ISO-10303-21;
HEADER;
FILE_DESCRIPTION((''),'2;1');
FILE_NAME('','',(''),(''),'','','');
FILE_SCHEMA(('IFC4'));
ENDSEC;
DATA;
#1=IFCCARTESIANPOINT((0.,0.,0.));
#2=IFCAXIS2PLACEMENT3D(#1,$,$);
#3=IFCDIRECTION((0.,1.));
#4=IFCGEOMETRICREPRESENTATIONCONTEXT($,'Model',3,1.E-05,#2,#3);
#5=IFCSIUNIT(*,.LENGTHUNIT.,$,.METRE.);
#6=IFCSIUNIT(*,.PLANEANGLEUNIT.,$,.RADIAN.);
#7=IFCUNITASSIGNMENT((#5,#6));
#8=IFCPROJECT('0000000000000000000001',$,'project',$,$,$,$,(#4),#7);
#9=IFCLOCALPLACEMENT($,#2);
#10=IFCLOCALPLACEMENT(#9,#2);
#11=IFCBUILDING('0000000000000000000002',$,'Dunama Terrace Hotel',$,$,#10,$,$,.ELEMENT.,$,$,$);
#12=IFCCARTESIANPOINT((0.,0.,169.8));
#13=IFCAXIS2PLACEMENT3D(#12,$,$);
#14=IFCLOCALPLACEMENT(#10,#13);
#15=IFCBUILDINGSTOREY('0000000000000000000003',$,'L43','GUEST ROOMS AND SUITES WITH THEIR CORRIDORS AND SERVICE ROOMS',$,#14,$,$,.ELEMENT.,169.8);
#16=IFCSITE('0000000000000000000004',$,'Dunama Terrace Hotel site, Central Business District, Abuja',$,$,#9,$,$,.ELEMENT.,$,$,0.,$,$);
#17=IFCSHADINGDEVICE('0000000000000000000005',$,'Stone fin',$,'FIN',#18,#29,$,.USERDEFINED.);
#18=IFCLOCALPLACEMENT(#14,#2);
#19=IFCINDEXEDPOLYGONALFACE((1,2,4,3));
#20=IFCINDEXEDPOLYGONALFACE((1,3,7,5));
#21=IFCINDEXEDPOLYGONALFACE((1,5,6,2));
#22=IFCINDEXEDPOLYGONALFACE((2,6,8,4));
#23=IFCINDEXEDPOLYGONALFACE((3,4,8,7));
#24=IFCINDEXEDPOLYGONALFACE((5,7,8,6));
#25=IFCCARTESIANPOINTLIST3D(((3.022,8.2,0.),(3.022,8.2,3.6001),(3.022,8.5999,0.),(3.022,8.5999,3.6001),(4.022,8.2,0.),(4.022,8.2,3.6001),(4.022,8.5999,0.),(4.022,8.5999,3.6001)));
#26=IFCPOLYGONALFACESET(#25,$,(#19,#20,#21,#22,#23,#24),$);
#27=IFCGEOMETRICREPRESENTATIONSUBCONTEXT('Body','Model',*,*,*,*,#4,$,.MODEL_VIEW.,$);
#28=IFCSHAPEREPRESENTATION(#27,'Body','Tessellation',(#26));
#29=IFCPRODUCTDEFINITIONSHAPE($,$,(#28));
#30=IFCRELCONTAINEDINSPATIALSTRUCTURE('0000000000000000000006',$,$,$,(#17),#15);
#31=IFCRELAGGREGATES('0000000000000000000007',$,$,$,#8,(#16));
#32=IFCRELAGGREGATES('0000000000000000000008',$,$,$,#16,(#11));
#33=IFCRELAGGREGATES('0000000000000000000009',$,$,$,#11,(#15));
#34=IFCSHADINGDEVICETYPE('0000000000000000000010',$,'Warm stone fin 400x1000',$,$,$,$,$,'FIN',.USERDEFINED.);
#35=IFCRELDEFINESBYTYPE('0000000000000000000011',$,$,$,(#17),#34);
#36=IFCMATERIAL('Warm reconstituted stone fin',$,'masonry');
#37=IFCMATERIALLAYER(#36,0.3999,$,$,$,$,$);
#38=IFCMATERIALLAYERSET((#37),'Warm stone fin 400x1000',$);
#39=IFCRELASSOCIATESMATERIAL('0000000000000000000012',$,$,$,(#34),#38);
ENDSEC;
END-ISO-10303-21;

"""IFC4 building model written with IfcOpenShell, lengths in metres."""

from ifc_helpers import new_model, si_unit, direction, frame, origin, origin_2d, place, context, subcontext, project, spatial, rectangle, extrude, material, layer, layer_set, type_object, element, save


model = new_model("IFC4")

# Units and contexts
model_context = context("Model", 3, precision=1e-05, world=origin(), true_north=direction((0.0, 1.0)))
body_context = subcontext(model_context, "Body", "Model", "MODEL_VIEW")
ifc_project = project(units=[si_unit("LENGTHUNIT", "METRE"), si_unit("PLANEANGLEUNIT", "RADIAN")], contexts=[model_context])

# Site, building, storey
site_placement = place(None, origin())
site = spatial("IfcSite", under=ifc_project, at=site_placement, Name="Dunama Terrace Hotel site, Central Business District, Abuja", CompositionType="ELEMENT", RefElevation=0.0)
building_placement = place(site_placement, origin())
building = spatial("IfcBuilding", under=site, at=building_placement, Name="Dunama Terrace Hotel", CompositionType="ELEMENT")
storey_placement = place(building_placement, frame((0.0, 0.0, 169.8)))
storey = spatial("IfcBuildingStorey", under=building, at=storey_placement, Name="L43", Description="GUEST ROOMS AND SUITES WITH THEIR CORRIDORS AND SERVICE ROOMS", CompositionType="ELEMENT", Elevation=169.8)

# Shading device
ifc_material_1 = material(Name="Warm reconstituted stone fin", Category="masonry")
ifc_layer_1 = layer(ifc_material_1, 0.3999)
ifc_layer_set_1 = layer_set([ifc_layer_1], Name="Warm stone fin 400x1000")
shading_device_type = type_object("IfcShadingDeviceType", Name="Warm stone fin 400x1000", ElementType="FIN", PredefinedType="USERDEFINED", material=ifc_layer_set_1)
for number, where, z_axis, x_axis, name in (
    (1, (3.522, 8.3999, 0.0), (0.0, 0.0, 1.0), (0.0, -1.0, 0.0), "Stone fin"),
):
    element("IfcShadingDevice", number, at=place(storey_placement, frame(where, z_axis=z_axis, x_axis=x_axis)), inside=storey, type_object=shading_device_type, Name=name, ObjectType="FIN", PredefinedType="USERDEFINED", context=body_context, shape_type="SweptSolid", body=[
        extrude(rectangle(XDim=0.3999, YDim=1.0, at=origin_2d()), origin(), (0.0, 0.0, 1.0), 3.6001),
    ])

save(model, "model.ifc")
